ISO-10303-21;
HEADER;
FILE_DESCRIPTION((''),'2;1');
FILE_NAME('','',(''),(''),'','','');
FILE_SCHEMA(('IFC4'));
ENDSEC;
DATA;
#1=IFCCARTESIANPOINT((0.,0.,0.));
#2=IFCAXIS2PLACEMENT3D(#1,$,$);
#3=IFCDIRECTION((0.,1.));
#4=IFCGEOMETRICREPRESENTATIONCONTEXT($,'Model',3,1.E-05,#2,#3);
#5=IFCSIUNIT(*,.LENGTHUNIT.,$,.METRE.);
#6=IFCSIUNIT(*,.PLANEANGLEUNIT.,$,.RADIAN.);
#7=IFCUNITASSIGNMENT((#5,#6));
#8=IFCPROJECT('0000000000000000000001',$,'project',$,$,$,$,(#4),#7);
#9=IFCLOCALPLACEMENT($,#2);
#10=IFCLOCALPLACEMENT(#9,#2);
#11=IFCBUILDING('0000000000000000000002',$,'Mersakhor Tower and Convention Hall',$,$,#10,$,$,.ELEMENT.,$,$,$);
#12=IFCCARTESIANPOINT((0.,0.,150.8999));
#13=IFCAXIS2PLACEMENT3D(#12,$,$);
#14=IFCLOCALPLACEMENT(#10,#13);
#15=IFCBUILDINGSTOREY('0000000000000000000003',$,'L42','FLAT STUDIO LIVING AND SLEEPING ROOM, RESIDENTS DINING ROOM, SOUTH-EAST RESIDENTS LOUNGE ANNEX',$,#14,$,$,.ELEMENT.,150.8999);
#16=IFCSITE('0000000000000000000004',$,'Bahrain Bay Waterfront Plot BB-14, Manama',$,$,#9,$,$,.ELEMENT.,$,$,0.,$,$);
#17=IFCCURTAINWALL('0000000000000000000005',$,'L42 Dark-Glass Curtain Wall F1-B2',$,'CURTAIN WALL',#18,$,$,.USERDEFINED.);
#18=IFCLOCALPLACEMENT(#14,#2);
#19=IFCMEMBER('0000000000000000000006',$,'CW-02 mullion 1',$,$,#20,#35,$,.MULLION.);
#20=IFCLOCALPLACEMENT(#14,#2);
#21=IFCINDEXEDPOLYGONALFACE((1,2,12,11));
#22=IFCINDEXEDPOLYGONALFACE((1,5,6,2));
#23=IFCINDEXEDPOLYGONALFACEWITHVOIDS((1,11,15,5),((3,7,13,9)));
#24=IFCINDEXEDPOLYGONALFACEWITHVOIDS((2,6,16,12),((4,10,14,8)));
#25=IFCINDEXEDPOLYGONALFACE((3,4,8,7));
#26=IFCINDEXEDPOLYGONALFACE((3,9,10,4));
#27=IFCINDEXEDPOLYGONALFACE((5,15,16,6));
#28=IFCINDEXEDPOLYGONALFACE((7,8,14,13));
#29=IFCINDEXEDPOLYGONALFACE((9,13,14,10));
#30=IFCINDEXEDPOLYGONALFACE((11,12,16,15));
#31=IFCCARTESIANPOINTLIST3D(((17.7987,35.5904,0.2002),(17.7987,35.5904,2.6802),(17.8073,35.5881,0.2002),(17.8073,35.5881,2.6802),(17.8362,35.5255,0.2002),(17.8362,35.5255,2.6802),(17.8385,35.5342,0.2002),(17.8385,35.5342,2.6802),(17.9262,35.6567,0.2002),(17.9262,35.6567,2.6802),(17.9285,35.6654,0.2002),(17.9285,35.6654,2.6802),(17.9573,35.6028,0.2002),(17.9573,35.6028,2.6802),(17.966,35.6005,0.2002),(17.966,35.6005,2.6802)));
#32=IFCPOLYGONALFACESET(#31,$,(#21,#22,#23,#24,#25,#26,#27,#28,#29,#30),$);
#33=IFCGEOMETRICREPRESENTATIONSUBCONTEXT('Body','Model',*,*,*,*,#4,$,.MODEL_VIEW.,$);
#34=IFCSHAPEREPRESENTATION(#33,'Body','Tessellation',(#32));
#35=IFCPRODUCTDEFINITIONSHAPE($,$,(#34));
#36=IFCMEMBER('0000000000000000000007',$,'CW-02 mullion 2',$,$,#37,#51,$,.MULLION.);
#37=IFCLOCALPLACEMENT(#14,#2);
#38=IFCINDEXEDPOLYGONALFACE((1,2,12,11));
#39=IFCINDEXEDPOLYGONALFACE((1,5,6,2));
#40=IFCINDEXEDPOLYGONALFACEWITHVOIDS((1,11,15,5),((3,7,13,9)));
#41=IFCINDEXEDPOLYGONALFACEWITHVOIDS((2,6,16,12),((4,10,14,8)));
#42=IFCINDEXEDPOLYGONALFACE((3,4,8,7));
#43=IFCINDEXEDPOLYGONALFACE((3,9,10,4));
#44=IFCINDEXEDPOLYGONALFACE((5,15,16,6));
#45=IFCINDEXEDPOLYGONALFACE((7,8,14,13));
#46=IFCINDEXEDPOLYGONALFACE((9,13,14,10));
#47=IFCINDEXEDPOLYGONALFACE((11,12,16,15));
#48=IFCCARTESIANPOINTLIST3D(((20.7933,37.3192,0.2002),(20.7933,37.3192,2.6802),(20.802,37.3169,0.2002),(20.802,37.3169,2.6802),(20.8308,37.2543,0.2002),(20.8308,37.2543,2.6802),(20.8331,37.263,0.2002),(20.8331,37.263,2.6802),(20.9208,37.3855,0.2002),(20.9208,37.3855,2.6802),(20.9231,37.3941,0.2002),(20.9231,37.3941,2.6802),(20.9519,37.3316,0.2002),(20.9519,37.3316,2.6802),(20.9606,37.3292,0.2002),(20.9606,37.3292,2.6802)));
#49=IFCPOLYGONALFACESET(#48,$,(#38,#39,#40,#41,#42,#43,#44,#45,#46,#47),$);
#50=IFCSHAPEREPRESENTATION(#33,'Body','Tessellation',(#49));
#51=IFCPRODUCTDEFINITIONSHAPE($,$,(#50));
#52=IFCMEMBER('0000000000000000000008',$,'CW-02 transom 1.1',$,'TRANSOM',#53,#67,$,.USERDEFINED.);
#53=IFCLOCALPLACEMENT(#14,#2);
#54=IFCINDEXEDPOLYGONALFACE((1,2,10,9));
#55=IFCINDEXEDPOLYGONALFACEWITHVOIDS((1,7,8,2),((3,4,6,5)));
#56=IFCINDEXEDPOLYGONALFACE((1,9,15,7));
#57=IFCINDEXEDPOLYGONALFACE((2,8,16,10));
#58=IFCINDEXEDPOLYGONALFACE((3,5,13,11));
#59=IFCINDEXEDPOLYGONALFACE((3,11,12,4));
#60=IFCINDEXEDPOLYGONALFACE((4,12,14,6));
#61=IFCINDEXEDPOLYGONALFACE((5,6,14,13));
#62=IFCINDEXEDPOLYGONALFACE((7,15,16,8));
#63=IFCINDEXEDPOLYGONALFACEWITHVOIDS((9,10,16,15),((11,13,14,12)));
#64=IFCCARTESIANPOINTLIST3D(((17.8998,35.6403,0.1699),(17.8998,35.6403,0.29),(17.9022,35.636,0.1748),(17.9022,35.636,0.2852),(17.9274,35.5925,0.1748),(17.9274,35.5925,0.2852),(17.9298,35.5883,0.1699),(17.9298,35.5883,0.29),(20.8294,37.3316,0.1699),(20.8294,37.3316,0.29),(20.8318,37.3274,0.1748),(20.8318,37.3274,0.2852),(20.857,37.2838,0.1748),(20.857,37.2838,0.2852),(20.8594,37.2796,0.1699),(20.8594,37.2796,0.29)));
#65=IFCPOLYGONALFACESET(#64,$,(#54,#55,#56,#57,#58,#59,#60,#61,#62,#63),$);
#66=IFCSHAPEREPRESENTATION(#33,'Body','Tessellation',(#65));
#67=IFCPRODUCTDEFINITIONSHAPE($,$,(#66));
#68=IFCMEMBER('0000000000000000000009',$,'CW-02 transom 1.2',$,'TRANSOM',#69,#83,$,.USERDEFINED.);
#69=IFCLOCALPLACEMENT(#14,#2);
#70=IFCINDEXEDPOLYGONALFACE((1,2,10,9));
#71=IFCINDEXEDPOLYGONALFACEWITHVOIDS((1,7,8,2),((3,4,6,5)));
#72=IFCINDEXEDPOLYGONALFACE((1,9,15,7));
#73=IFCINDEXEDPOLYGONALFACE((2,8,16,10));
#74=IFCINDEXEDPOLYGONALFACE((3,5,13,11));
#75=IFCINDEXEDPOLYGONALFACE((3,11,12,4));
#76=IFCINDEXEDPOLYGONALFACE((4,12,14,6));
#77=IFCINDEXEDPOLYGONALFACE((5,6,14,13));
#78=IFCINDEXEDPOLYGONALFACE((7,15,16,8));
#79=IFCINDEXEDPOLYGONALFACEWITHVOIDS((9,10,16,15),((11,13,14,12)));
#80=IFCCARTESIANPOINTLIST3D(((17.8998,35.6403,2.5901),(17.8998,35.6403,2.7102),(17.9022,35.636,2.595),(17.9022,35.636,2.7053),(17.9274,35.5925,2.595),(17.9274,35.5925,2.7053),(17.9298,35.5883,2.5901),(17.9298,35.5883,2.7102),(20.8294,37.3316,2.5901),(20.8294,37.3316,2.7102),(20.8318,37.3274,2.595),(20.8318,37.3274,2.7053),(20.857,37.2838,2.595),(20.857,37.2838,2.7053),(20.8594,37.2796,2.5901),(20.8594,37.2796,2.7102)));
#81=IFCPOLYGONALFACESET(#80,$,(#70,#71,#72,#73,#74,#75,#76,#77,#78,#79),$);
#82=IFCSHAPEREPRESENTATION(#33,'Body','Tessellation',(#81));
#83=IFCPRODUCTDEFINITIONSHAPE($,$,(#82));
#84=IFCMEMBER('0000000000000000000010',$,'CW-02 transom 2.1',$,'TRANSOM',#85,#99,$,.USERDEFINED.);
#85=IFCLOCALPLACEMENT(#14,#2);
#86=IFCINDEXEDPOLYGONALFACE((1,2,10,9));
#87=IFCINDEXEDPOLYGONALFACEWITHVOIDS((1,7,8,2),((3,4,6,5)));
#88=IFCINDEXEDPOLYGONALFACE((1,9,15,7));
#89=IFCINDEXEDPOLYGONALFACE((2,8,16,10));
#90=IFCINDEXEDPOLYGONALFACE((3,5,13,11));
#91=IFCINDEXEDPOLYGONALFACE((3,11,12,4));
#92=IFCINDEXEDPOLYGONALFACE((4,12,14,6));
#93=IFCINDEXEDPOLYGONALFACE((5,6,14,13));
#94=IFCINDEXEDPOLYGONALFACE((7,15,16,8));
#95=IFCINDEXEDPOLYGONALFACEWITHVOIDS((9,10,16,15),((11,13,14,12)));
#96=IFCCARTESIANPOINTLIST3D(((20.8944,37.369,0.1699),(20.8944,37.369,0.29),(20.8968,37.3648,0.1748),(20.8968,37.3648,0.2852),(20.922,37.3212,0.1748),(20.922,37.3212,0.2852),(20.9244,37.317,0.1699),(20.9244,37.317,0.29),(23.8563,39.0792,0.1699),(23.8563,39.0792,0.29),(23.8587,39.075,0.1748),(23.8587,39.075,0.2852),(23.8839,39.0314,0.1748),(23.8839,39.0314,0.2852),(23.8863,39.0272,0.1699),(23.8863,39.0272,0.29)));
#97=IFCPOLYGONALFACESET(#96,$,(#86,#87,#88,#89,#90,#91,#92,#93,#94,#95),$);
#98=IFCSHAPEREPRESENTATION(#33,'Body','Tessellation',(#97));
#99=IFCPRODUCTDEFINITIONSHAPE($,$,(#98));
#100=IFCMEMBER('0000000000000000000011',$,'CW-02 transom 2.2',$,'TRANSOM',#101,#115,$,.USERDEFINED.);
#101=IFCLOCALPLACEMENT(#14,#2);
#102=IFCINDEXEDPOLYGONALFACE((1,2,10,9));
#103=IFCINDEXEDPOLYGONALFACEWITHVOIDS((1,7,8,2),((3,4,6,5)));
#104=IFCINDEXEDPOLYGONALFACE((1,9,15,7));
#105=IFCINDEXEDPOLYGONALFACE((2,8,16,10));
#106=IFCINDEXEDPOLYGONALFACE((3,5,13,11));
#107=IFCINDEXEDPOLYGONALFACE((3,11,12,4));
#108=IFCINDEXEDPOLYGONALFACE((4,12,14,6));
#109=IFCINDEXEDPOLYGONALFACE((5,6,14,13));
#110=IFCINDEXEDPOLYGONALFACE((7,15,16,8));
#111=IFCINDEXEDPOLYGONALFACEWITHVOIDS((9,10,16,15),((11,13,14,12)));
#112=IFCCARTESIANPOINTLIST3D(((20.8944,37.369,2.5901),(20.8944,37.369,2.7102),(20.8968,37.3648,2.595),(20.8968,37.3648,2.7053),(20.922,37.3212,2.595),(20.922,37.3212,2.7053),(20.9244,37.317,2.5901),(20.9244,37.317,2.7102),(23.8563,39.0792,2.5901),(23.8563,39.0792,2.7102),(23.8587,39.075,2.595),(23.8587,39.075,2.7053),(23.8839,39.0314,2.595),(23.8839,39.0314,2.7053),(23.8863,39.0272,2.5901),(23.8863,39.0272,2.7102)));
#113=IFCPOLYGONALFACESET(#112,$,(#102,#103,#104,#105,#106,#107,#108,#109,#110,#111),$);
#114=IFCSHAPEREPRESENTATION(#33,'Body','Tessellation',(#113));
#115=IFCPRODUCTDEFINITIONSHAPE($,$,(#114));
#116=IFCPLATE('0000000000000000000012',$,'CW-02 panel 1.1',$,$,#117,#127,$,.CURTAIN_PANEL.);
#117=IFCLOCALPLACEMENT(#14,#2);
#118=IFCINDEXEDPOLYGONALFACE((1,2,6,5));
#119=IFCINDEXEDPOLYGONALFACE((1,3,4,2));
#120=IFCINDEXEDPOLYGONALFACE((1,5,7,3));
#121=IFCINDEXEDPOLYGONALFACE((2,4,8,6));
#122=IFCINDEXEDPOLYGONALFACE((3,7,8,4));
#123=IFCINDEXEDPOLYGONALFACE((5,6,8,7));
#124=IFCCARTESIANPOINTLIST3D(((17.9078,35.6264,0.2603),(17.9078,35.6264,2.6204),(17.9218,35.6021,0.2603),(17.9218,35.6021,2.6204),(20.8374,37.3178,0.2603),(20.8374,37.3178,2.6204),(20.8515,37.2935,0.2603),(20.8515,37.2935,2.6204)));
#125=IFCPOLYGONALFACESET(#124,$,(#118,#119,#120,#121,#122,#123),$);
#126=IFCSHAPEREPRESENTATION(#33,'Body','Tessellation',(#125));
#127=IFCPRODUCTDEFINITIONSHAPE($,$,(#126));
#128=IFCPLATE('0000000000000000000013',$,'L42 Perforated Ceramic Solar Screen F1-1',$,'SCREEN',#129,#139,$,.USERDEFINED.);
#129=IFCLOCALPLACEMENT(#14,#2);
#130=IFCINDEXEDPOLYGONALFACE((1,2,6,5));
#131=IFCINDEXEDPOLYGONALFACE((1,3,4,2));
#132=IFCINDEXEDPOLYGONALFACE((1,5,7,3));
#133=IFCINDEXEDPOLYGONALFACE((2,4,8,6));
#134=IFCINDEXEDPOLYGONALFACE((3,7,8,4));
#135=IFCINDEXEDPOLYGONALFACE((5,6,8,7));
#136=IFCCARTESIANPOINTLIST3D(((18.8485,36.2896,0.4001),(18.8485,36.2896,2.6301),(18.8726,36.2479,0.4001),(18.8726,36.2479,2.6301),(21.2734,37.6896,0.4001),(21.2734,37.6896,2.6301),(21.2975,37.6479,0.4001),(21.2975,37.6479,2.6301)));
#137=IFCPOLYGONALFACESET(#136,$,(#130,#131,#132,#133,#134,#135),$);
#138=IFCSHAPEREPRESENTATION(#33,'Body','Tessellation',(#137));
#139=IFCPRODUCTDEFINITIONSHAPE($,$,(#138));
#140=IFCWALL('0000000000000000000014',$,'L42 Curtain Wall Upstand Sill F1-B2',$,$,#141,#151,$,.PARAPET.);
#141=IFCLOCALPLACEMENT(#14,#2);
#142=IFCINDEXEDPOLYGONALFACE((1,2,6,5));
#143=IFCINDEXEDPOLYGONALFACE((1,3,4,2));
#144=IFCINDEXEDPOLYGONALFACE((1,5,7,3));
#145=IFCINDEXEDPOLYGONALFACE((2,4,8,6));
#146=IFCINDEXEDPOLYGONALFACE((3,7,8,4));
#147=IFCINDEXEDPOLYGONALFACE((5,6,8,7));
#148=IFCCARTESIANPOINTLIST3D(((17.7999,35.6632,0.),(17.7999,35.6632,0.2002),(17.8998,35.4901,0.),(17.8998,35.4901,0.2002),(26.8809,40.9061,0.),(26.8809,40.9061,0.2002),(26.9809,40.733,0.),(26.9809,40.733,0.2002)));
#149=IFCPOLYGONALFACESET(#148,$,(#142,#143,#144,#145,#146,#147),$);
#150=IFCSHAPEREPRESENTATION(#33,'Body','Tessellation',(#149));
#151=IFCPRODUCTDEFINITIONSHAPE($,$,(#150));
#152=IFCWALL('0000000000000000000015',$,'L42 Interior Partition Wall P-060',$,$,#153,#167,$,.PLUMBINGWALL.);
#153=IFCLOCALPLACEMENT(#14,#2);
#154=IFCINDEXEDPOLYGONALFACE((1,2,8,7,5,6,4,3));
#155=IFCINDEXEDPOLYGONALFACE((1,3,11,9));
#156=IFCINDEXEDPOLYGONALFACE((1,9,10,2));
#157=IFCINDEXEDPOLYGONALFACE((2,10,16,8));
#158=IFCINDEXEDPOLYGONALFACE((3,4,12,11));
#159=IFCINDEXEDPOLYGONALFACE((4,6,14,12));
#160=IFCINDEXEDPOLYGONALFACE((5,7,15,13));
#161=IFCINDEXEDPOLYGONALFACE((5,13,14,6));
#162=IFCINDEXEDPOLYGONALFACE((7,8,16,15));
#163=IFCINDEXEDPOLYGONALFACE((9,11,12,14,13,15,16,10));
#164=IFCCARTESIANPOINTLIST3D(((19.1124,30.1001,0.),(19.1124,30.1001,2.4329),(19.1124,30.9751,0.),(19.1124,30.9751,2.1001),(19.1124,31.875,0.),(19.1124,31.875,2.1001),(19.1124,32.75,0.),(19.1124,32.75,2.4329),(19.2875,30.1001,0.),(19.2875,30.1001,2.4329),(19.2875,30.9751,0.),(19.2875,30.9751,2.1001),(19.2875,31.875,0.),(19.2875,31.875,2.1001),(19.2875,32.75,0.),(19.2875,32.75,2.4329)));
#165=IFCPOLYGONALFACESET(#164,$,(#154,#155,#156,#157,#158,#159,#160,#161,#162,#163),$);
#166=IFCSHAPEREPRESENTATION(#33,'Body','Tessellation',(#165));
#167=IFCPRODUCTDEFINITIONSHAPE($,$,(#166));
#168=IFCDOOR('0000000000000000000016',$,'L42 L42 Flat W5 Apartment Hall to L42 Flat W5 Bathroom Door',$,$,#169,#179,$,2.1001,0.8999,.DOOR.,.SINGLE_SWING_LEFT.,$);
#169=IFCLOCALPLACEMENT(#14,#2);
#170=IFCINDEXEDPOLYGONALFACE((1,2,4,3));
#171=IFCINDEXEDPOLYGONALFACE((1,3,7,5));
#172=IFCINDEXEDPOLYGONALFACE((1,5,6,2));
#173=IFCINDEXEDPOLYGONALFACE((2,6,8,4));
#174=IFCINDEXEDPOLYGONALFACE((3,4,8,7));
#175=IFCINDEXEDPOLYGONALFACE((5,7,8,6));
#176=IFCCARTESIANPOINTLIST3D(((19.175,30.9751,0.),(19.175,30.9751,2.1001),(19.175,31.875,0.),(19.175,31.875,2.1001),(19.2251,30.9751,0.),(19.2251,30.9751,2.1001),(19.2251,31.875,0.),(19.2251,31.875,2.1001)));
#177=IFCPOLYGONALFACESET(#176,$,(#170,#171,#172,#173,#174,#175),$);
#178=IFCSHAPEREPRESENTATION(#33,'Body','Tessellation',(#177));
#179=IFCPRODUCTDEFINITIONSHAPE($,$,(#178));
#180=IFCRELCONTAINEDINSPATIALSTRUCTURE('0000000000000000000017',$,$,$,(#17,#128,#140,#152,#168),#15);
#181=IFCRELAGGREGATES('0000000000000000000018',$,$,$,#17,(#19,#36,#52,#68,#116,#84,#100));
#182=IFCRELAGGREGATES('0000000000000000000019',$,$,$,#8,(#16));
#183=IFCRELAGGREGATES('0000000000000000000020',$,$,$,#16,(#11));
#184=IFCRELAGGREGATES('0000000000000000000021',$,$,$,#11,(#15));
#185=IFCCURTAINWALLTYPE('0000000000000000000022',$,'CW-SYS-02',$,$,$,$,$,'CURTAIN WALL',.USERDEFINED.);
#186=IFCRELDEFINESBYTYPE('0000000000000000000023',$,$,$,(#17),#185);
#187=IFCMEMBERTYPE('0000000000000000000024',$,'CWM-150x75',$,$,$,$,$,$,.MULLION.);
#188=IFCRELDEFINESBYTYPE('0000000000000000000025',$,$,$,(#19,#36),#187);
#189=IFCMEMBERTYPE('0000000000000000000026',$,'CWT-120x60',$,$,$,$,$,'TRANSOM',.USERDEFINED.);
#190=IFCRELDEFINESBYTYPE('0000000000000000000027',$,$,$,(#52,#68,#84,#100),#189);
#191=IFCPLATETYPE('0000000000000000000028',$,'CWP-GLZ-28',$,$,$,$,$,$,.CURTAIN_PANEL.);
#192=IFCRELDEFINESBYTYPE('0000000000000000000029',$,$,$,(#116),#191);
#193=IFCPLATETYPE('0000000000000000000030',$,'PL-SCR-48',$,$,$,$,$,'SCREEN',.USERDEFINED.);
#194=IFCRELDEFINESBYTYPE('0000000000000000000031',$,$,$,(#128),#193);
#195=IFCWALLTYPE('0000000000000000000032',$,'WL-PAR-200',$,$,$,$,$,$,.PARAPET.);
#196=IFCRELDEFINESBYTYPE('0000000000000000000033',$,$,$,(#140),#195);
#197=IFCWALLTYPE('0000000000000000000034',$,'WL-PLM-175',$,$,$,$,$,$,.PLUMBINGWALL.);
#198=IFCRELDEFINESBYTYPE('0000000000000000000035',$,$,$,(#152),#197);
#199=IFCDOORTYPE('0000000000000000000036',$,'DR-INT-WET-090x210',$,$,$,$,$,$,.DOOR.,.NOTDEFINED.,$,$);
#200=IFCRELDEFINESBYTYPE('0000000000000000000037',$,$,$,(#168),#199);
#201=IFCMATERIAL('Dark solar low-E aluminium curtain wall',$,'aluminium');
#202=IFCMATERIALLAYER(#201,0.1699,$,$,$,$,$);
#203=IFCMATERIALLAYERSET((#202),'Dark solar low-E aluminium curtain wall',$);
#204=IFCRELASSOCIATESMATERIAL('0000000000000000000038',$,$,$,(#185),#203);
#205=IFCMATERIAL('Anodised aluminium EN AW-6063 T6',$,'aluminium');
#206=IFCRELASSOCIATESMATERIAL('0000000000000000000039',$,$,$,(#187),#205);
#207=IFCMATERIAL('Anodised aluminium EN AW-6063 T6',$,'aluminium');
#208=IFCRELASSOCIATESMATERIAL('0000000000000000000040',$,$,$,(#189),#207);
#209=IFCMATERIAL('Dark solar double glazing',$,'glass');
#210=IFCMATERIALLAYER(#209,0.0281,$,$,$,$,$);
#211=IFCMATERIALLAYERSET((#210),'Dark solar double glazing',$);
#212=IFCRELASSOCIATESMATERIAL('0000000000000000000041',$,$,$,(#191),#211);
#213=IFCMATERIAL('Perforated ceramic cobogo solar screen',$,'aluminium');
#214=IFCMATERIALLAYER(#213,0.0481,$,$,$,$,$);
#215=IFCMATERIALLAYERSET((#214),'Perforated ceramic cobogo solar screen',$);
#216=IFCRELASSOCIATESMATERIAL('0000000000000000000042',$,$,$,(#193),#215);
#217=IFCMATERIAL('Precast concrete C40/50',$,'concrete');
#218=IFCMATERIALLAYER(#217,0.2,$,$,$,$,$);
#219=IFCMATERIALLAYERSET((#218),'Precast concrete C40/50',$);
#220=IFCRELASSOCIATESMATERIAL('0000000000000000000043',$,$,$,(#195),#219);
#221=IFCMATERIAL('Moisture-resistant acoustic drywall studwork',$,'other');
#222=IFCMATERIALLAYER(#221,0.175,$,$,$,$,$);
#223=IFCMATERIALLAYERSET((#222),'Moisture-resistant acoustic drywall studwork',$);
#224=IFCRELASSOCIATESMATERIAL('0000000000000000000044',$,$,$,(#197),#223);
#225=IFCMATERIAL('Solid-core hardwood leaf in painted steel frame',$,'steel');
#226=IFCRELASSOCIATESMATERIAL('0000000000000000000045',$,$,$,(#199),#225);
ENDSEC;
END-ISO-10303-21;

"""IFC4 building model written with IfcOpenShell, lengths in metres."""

from ifc_helpers import new_model, si_unit, direction, frame, frame_2d, origin, origin_2d, place, context, subcontext, project, spatial, rectangle, hollow_rectangle, extrude, material, layer, layer_set, material_profile, profile_set, type_object, element, fill, aggregate, save


model = new_model("IFC4")

# Units and contexts
model_context = context("Model", 3, precision=1e-05, world=origin(), true_north=direction((0.0, 1.0)))
body_context = subcontext(model_context, "Body", "Model", "MODEL_VIEW")
ifc_project = project(units=[si_unit("LENGTHUNIT", "METRE"), si_unit("PLANEANGLEUNIT", "RADIAN")], contexts=[model_context])

# Site, building, storey
site_placement = place(None, origin())
site = spatial("IfcSite", under=ifc_project, at=site_placement, Name="Bahrain Bay Waterfront Plot BB-14, Manama", CompositionType="ELEMENT", RefElevation=0.0)
building_placement = place(site_placement, origin())
building = spatial("IfcBuilding", under=site, at=building_placement, Name="Mersakhor Tower and Convention Hall", CompositionType="ELEMENT")
storey_placement = place(building_placement, frame((0.0, 0.0, 150.8999)))
storey = spatial("IfcBuildingStorey", under=building, at=storey_placement, Name="L42", Description="FLAT STUDIO LIVING AND SLEEPING ROOM, RESIDENTS DINING ROOM, SOUTH-EAST RESIDENTS LOUNGE ANNEX", CompositionType="ELEMENT", Elevation=150.8999)

# Curtain wall, members, plate
ifc_material_1 = material(Name="Dark solar low-E aluminium curtain wall", Category="aluminium")
ifc_layer_1 = layer(ifc_material_1, 0.1699)
ifc_layer_set_1 = layer_set([ifc_layer_1], Name="Dark solar low-E aluminium curtain wall")
curtain_wall_type = type_object("IfcCurtainWallType", Name="CW-SYS-02", ElementType="CURTAIN WALL", PredefinedType="USERDEFINED", material=ifc_layer_set_1)
curtain_wall_placement = place(storey_placement, origin())
curtain_wall = element("IfcCurtainWall", 1, at=curtain_wall_placement, inside=storey, type_object=curtain_wall_type, Name="L42 Dark-Glass Curtain Wall F1-B2", ObjectType="CURTAIN WALL", PredefinedType="USERDEFINED")
ifc_material_2 = material(Name="Anodised aluminium EN AW-6063 T6", Category="aluminium")
ifc_material_profile_1 = material_profile(ifc_material_2, hollow_rectangle(XDim=0.075, YDim=0.1499, WallThickness=0.0063, at=origin_2d()), Name="RHS 150x75x6.3")
ifc_profile_set_1 = profile_set([ifc_material_profile_1], Name="Anodised aluminium EN AW-6063 T6")
member_type_1 = type_object("IfcMemberType", Name="CWM-150x75", PredefinedType="MULLION", material=ifc_profile_set_1)
member_1_placement = place(storey_placement, frame((17.8823, 35.5955, 0.2002), z_axis=(0.0, 0.0, 1.0), x_axis=(-0.49999, 0.866031, 0.0)))
member_1 = element("IfcMember", 2, at=member_1_placement, type_object=member_type_1, Name="CW-02 mullion 1", PredefinedType="MULLION", context=body_context, shape_type="SweptSolid", body=[
    extrude(hollow_rectangle(XDim=0.075, YDim=0.1499, WallThickness=0.0063, at=origin_2d()), origin(), (0.0, 0.0, 1.0), 2.48),
])
member_2_placement = place(storey_placement, frame((20.877, 37.3242, 0.2002), z_axis=(0.0, 0.0, 1.0), x_axis=(-0.49999, 0.866031, 0.0)))
member_2 = element("IfcMember", 3, at=member_2_placement, type_object=member_type_1, Name="CW-02 mullion 2", PredefinedType="MULLION", context=body_context, shape_type="SweptSolid", body=[
    extrude(hollow_rectangle(XDim=0.075, YDim=0.1499, WallThickness=0.0063, at=origin_2d()), origin(), (0.0, 0.0, 1.0), 2.48),
])
ifc_material_3 = material(Name="Anodised aluminium EN AW-6063 T6", Category="aluminium")
ifc_material_profile_2 = material_profile(ifc_material_3, hollow_rectangle(XDim=0.0601, YDim=0.1201, WallThickness=0.0049, at=origin_2d()), Name="RHS 120x60x5")
ifc_profile_set_2 = profile_set([ifc_material_profile_2], Name="Anodised aluminium EN AW-6063 T6")
member_type_2 = type_object("IfcMemberType", Name="CWT-120x60", ElementType="TRANSOM", PredefinedType="USERDEFINED", material=ifc_profile_set_2)
member_3_placement = place(storey_placement, frame((17.9148, 35.6143, 0.23), z_axis=(0.866032, 0.499989, 0.0), x_axis=(-0.499989, 0.866032, 0.0)))
member_3 = element("IfcMember", 4, at=member_3_placement, type_object=member_type_2, Name="CW-02 transom 1.1", ObjectType="TRANSOM", PredefinedType="USERDEFINED", context=body_context, shape_type="SweptSolid", body=[
    extrude(hollow_rectangle(XDim=0.0601, YDim=0.1201, WallThickness=0.0049, at=origin_2d()), origin(), (0.0, 0.0, 1.0), 3.3828),
])
member_4_placement = place(storey_placement, frame((17.9148, 35.6143, 2.6501), z_axis=(0.866032, 0.499989, 0.0), x_axis=(-0.499989, 0.866032, 0.0)))
member_4 = element("IfcMember", 5, at=member_4_placement, type_object=member_type_2, Name="CW-02 transom 1.2", ObjectType="TRANSOM", PredefinedType="USERDEFINED", context=body_context, shape_type="SweptSolid", body=[
    extrude(hollow_rectangle(XDim=0.0601, YDim=0.1201, WallThickness=0.0049, at=origin_2d()), origin(), (0.0, 0.0, 1.0), 3.3828),
])
member_5_placement = place(storey_placement, frame((20.9094, 37.343, 0.23), z_axis=(0.866007, 0.500031, 0.0), x_axis=(-0.500031, 0.866007, 0.0)))
member_5 = element("IfcMember", 6, at=member_5_placement, type_object=member_type_2, Name="CW-02 transom 2.1", ObjectType="TRANSOM", PredefinedType="USERDEFINED", context=body_context, shape_type="SweptSolid", body=[
    extrude(hollow_rectangle(XDim=0.0601, YDim=0.1201, WallThickness=0.0049, at=origin_2d()), origin(), (0.0, 0.0, 1.0), 3.4202),
])
member_6_placement = place(storey_placement, frame((20.9094, 37.343, 2.6501), z_axis=(0.866007, 0.500031, 0.0), x_axis=(-0.500031, 0.866007, 0.0)))
member_6 = element("IfcMember", 7, at=member_6_placement, type_object=member_type_2, Name="CW-02 transom 2.2", ObjectType="TRANSOM", PredefinedType="USERDEFINED", context=body_context, shape_type="SweptSolid", body=[
    extrude(hollow_rectangle(XDim=0.0601, YDim=0.1201, WallThickness=0.0049, at=origin_2d()), origin(), (0.0, 0.0, 1.0), 3.4202),
])
ifc_material_4 = material(Name="Dark solar double glazing", Category="glass")
ifc_layer_2 = layer(ifc_material_4, 0.0281)
ifc_layer_set_2 = layer_set([ifc_layer_2], Name="Dark solar double glazing")
plate_type_1 = type_object("IfcPlateType", Name="CWP-GLZ-28", PredefinedType="CURTAIN_PANEL", material=ifc_layer_set_2)
plate_1_placement = place(storey_placement, frame((19.3796, 36.46, 0.2603), z_axis=(0.0, 0.0, 1.0), x_axis=(0.866031, 0.49999, 0.0)))
plate_1 = element("IfcPlate", 8, at=plate_1_placement, type_object=plate_type_1, Name="CW-02 panel 1.1", PredefinedType="CURTAIN_PANEL", context=body_context, shape_type="SweptSolid", body=[
    extrude(rectangle(XDim=3.3828, YDim=0.0281, at=origin_2d()), origin(), (0.0, 0.0, 1.0), 2.3601),
])
aggregate(curtain_wall, [member_1, member_2, member_3, member_4, plate_1, member_5, member_6])

# Plate
ifc_material_5 = material(Name="Perforated ceramic cobogo solar screen", Category="aluminium")
ifc_layer_3 = layer(ifc_material_5, 0.0481)
ifc_layer_set_3 = layer_set([ifc_layer_3], Name="Perforated ceramic cobogo solar screen")
plate_type_2 = type_object("IfcPlateType", Name="PL-SCR-48", ElementType="SCREEN", PredefinedType="USERDEFINED", material=ifc_layer_set_3)
plate_2_placement = place(storey_placement, frame((20.073, 36.9688, 0.4001), z_axis=(0.0, 0.0, 1.0), x_axis=(0.866025, 0.5, 0.0)))
element("IfcPlate", 9, at=plate_2_placement, inside=storey, type_object=plate_type_2, Name="L42 Perforated Ceramic Solar Screen F1-1", ObjectType="SCREEN", PredefinedType="USERDEFINED", context=body_context, shape_type="SweptSolid", body=[
    extrude(rectangle(XDim=2.8, YDim=0.0481, at=origin_2d()), origin(), (0.0, 0.0, 1.0), 2.23),
])

# Wall
ifc_material_6 = material(Name="Precast concrete C40/50", Category="concrete")
ifc_layer_4 = layer(ifc_material_6, 0.2)
ifc_layer_set_4 = layer_set([ifc_layer_4], Name="Precast concrete C40/50")
wall_type_1 = type_object("IfcWallType", Name="WL-PAR-200", PredefinedType="PARAPET", material=ifc_layer_set_4)
wall_1_placement = place(storey_placement, frame((17.8499, 35.5767, 0.0), z_axis=(0.0, 0.0, 1.0), x_axis=(0.866027, 0.499998, 0.0)))
element("IfcWall", 10, at=wall_1_placement, inside=storey, type_object=wall_type_1, Name="L42 Curtain Wall Upstand Sill F1-B2", PredefinedType="PARAPET", context=body_context, shape_type="SweptSolid", body=[
    extrude(rectangle(XDim=10.4858, YDim=0.2, at=frame_2d((5.2429, 0.0))), origin(), (0.0, 0.0, 1.0), 0.2002),
])

# Wall, opening, door
ifc_material_7 = material(Name="Moisture-resistant acoustic drywall studwork", Category="other")
ifc_layer_5 = layer(ifc_material_7, 0.175)
ifc_layer_set_5 = layer_set([ifc_layer_5], Name="Moisture-resistant acoustic drywall studwork")
wall_type_2 = type_object("IfcWallType", Name="WL-PLM-175", PredefinedType="PLUMBINGWALL", material=ifc_layer_set_5)
wall_2_placement = place(storey_placement, frame((19.2, 30.1001, 0.0), z_axis=(0.0, 0.0, 1.0), x_axis=(0.0, 1.0, 0.0)))
wall_2 = element("IfcWall", 11, at=wall_2_placement, inside=storey, type_object=wall_type_2, Name="L42 Interior Partition Wall P-060", PredefinedType="PLUMBINGWALL", context=body_context, shape_type="SweptSolid", body=[
    extrude(rectangle(XDim=2.6499, YDim=0.175, at=frame_2d((1.325, 0.0))), origin(), (0.0, 0.0, 1.0), 2.4329),
])
opening_1_placement = place(wall_2_placement, frame((0.875, 0.0, 0.0)))
opening_1 = element("IfcOpeningElement", 12, at=opening_1_placement, cuts=wall_2, PredefinedType="OPENING", context=body_context, shape_type="SweptSolid", body=[
    extrude(rectangle(XDim=0.8999, YDim=2.1001, at=frame_2d((0.45, 1.05))), frame((0.0, 0.0974, 0.0), z_axis=(0.0, -1.0, 0.0), x_axis=(1.0, 0.0, 0.0)), (0.0, 0.0, 1.0), 0.1951),
])
ifc_material_8 = material(Name="Solid-core hardwood leaf in painted steel frame", Category="steel")
door_type_1 = type_object("IfcDoorType", Name="DR-INT-WET-090x210", OperationType="NOTDEFINED", PredefinedType="DOOR", material=ifc_material_8)
door_1_placement = place(opening_1_placement, origin())
door_1 = element("IfcDoor", 13, at=door_1_placement, inside=storey, type_object=door_type_1, Name="L42 L42 Flat W5 Apartment Hall to L42 Flat W5 Bathroom Door", OperationType="SINGLE_SWING_LEFT", OverallHeight=2.1001, OverallWidth=0.8999, PredefinedType="DOOR", context=body_context, shape_type="SweptSolid", body=[
    extrude(rectangle(XDim=0.8999, YDim=2.1001, at=frame_2d((0.45, 1.05))), frame((0.0, 0.0249, 0.0), z_axis=(0.0, -1.0, 0.0), x_axis=(1.0, 0.0, 0.0)), (0.0, 0.0, 1.0), 0.05),
])
fill(opening_1, door_1)

save(model, "model.ifc")
